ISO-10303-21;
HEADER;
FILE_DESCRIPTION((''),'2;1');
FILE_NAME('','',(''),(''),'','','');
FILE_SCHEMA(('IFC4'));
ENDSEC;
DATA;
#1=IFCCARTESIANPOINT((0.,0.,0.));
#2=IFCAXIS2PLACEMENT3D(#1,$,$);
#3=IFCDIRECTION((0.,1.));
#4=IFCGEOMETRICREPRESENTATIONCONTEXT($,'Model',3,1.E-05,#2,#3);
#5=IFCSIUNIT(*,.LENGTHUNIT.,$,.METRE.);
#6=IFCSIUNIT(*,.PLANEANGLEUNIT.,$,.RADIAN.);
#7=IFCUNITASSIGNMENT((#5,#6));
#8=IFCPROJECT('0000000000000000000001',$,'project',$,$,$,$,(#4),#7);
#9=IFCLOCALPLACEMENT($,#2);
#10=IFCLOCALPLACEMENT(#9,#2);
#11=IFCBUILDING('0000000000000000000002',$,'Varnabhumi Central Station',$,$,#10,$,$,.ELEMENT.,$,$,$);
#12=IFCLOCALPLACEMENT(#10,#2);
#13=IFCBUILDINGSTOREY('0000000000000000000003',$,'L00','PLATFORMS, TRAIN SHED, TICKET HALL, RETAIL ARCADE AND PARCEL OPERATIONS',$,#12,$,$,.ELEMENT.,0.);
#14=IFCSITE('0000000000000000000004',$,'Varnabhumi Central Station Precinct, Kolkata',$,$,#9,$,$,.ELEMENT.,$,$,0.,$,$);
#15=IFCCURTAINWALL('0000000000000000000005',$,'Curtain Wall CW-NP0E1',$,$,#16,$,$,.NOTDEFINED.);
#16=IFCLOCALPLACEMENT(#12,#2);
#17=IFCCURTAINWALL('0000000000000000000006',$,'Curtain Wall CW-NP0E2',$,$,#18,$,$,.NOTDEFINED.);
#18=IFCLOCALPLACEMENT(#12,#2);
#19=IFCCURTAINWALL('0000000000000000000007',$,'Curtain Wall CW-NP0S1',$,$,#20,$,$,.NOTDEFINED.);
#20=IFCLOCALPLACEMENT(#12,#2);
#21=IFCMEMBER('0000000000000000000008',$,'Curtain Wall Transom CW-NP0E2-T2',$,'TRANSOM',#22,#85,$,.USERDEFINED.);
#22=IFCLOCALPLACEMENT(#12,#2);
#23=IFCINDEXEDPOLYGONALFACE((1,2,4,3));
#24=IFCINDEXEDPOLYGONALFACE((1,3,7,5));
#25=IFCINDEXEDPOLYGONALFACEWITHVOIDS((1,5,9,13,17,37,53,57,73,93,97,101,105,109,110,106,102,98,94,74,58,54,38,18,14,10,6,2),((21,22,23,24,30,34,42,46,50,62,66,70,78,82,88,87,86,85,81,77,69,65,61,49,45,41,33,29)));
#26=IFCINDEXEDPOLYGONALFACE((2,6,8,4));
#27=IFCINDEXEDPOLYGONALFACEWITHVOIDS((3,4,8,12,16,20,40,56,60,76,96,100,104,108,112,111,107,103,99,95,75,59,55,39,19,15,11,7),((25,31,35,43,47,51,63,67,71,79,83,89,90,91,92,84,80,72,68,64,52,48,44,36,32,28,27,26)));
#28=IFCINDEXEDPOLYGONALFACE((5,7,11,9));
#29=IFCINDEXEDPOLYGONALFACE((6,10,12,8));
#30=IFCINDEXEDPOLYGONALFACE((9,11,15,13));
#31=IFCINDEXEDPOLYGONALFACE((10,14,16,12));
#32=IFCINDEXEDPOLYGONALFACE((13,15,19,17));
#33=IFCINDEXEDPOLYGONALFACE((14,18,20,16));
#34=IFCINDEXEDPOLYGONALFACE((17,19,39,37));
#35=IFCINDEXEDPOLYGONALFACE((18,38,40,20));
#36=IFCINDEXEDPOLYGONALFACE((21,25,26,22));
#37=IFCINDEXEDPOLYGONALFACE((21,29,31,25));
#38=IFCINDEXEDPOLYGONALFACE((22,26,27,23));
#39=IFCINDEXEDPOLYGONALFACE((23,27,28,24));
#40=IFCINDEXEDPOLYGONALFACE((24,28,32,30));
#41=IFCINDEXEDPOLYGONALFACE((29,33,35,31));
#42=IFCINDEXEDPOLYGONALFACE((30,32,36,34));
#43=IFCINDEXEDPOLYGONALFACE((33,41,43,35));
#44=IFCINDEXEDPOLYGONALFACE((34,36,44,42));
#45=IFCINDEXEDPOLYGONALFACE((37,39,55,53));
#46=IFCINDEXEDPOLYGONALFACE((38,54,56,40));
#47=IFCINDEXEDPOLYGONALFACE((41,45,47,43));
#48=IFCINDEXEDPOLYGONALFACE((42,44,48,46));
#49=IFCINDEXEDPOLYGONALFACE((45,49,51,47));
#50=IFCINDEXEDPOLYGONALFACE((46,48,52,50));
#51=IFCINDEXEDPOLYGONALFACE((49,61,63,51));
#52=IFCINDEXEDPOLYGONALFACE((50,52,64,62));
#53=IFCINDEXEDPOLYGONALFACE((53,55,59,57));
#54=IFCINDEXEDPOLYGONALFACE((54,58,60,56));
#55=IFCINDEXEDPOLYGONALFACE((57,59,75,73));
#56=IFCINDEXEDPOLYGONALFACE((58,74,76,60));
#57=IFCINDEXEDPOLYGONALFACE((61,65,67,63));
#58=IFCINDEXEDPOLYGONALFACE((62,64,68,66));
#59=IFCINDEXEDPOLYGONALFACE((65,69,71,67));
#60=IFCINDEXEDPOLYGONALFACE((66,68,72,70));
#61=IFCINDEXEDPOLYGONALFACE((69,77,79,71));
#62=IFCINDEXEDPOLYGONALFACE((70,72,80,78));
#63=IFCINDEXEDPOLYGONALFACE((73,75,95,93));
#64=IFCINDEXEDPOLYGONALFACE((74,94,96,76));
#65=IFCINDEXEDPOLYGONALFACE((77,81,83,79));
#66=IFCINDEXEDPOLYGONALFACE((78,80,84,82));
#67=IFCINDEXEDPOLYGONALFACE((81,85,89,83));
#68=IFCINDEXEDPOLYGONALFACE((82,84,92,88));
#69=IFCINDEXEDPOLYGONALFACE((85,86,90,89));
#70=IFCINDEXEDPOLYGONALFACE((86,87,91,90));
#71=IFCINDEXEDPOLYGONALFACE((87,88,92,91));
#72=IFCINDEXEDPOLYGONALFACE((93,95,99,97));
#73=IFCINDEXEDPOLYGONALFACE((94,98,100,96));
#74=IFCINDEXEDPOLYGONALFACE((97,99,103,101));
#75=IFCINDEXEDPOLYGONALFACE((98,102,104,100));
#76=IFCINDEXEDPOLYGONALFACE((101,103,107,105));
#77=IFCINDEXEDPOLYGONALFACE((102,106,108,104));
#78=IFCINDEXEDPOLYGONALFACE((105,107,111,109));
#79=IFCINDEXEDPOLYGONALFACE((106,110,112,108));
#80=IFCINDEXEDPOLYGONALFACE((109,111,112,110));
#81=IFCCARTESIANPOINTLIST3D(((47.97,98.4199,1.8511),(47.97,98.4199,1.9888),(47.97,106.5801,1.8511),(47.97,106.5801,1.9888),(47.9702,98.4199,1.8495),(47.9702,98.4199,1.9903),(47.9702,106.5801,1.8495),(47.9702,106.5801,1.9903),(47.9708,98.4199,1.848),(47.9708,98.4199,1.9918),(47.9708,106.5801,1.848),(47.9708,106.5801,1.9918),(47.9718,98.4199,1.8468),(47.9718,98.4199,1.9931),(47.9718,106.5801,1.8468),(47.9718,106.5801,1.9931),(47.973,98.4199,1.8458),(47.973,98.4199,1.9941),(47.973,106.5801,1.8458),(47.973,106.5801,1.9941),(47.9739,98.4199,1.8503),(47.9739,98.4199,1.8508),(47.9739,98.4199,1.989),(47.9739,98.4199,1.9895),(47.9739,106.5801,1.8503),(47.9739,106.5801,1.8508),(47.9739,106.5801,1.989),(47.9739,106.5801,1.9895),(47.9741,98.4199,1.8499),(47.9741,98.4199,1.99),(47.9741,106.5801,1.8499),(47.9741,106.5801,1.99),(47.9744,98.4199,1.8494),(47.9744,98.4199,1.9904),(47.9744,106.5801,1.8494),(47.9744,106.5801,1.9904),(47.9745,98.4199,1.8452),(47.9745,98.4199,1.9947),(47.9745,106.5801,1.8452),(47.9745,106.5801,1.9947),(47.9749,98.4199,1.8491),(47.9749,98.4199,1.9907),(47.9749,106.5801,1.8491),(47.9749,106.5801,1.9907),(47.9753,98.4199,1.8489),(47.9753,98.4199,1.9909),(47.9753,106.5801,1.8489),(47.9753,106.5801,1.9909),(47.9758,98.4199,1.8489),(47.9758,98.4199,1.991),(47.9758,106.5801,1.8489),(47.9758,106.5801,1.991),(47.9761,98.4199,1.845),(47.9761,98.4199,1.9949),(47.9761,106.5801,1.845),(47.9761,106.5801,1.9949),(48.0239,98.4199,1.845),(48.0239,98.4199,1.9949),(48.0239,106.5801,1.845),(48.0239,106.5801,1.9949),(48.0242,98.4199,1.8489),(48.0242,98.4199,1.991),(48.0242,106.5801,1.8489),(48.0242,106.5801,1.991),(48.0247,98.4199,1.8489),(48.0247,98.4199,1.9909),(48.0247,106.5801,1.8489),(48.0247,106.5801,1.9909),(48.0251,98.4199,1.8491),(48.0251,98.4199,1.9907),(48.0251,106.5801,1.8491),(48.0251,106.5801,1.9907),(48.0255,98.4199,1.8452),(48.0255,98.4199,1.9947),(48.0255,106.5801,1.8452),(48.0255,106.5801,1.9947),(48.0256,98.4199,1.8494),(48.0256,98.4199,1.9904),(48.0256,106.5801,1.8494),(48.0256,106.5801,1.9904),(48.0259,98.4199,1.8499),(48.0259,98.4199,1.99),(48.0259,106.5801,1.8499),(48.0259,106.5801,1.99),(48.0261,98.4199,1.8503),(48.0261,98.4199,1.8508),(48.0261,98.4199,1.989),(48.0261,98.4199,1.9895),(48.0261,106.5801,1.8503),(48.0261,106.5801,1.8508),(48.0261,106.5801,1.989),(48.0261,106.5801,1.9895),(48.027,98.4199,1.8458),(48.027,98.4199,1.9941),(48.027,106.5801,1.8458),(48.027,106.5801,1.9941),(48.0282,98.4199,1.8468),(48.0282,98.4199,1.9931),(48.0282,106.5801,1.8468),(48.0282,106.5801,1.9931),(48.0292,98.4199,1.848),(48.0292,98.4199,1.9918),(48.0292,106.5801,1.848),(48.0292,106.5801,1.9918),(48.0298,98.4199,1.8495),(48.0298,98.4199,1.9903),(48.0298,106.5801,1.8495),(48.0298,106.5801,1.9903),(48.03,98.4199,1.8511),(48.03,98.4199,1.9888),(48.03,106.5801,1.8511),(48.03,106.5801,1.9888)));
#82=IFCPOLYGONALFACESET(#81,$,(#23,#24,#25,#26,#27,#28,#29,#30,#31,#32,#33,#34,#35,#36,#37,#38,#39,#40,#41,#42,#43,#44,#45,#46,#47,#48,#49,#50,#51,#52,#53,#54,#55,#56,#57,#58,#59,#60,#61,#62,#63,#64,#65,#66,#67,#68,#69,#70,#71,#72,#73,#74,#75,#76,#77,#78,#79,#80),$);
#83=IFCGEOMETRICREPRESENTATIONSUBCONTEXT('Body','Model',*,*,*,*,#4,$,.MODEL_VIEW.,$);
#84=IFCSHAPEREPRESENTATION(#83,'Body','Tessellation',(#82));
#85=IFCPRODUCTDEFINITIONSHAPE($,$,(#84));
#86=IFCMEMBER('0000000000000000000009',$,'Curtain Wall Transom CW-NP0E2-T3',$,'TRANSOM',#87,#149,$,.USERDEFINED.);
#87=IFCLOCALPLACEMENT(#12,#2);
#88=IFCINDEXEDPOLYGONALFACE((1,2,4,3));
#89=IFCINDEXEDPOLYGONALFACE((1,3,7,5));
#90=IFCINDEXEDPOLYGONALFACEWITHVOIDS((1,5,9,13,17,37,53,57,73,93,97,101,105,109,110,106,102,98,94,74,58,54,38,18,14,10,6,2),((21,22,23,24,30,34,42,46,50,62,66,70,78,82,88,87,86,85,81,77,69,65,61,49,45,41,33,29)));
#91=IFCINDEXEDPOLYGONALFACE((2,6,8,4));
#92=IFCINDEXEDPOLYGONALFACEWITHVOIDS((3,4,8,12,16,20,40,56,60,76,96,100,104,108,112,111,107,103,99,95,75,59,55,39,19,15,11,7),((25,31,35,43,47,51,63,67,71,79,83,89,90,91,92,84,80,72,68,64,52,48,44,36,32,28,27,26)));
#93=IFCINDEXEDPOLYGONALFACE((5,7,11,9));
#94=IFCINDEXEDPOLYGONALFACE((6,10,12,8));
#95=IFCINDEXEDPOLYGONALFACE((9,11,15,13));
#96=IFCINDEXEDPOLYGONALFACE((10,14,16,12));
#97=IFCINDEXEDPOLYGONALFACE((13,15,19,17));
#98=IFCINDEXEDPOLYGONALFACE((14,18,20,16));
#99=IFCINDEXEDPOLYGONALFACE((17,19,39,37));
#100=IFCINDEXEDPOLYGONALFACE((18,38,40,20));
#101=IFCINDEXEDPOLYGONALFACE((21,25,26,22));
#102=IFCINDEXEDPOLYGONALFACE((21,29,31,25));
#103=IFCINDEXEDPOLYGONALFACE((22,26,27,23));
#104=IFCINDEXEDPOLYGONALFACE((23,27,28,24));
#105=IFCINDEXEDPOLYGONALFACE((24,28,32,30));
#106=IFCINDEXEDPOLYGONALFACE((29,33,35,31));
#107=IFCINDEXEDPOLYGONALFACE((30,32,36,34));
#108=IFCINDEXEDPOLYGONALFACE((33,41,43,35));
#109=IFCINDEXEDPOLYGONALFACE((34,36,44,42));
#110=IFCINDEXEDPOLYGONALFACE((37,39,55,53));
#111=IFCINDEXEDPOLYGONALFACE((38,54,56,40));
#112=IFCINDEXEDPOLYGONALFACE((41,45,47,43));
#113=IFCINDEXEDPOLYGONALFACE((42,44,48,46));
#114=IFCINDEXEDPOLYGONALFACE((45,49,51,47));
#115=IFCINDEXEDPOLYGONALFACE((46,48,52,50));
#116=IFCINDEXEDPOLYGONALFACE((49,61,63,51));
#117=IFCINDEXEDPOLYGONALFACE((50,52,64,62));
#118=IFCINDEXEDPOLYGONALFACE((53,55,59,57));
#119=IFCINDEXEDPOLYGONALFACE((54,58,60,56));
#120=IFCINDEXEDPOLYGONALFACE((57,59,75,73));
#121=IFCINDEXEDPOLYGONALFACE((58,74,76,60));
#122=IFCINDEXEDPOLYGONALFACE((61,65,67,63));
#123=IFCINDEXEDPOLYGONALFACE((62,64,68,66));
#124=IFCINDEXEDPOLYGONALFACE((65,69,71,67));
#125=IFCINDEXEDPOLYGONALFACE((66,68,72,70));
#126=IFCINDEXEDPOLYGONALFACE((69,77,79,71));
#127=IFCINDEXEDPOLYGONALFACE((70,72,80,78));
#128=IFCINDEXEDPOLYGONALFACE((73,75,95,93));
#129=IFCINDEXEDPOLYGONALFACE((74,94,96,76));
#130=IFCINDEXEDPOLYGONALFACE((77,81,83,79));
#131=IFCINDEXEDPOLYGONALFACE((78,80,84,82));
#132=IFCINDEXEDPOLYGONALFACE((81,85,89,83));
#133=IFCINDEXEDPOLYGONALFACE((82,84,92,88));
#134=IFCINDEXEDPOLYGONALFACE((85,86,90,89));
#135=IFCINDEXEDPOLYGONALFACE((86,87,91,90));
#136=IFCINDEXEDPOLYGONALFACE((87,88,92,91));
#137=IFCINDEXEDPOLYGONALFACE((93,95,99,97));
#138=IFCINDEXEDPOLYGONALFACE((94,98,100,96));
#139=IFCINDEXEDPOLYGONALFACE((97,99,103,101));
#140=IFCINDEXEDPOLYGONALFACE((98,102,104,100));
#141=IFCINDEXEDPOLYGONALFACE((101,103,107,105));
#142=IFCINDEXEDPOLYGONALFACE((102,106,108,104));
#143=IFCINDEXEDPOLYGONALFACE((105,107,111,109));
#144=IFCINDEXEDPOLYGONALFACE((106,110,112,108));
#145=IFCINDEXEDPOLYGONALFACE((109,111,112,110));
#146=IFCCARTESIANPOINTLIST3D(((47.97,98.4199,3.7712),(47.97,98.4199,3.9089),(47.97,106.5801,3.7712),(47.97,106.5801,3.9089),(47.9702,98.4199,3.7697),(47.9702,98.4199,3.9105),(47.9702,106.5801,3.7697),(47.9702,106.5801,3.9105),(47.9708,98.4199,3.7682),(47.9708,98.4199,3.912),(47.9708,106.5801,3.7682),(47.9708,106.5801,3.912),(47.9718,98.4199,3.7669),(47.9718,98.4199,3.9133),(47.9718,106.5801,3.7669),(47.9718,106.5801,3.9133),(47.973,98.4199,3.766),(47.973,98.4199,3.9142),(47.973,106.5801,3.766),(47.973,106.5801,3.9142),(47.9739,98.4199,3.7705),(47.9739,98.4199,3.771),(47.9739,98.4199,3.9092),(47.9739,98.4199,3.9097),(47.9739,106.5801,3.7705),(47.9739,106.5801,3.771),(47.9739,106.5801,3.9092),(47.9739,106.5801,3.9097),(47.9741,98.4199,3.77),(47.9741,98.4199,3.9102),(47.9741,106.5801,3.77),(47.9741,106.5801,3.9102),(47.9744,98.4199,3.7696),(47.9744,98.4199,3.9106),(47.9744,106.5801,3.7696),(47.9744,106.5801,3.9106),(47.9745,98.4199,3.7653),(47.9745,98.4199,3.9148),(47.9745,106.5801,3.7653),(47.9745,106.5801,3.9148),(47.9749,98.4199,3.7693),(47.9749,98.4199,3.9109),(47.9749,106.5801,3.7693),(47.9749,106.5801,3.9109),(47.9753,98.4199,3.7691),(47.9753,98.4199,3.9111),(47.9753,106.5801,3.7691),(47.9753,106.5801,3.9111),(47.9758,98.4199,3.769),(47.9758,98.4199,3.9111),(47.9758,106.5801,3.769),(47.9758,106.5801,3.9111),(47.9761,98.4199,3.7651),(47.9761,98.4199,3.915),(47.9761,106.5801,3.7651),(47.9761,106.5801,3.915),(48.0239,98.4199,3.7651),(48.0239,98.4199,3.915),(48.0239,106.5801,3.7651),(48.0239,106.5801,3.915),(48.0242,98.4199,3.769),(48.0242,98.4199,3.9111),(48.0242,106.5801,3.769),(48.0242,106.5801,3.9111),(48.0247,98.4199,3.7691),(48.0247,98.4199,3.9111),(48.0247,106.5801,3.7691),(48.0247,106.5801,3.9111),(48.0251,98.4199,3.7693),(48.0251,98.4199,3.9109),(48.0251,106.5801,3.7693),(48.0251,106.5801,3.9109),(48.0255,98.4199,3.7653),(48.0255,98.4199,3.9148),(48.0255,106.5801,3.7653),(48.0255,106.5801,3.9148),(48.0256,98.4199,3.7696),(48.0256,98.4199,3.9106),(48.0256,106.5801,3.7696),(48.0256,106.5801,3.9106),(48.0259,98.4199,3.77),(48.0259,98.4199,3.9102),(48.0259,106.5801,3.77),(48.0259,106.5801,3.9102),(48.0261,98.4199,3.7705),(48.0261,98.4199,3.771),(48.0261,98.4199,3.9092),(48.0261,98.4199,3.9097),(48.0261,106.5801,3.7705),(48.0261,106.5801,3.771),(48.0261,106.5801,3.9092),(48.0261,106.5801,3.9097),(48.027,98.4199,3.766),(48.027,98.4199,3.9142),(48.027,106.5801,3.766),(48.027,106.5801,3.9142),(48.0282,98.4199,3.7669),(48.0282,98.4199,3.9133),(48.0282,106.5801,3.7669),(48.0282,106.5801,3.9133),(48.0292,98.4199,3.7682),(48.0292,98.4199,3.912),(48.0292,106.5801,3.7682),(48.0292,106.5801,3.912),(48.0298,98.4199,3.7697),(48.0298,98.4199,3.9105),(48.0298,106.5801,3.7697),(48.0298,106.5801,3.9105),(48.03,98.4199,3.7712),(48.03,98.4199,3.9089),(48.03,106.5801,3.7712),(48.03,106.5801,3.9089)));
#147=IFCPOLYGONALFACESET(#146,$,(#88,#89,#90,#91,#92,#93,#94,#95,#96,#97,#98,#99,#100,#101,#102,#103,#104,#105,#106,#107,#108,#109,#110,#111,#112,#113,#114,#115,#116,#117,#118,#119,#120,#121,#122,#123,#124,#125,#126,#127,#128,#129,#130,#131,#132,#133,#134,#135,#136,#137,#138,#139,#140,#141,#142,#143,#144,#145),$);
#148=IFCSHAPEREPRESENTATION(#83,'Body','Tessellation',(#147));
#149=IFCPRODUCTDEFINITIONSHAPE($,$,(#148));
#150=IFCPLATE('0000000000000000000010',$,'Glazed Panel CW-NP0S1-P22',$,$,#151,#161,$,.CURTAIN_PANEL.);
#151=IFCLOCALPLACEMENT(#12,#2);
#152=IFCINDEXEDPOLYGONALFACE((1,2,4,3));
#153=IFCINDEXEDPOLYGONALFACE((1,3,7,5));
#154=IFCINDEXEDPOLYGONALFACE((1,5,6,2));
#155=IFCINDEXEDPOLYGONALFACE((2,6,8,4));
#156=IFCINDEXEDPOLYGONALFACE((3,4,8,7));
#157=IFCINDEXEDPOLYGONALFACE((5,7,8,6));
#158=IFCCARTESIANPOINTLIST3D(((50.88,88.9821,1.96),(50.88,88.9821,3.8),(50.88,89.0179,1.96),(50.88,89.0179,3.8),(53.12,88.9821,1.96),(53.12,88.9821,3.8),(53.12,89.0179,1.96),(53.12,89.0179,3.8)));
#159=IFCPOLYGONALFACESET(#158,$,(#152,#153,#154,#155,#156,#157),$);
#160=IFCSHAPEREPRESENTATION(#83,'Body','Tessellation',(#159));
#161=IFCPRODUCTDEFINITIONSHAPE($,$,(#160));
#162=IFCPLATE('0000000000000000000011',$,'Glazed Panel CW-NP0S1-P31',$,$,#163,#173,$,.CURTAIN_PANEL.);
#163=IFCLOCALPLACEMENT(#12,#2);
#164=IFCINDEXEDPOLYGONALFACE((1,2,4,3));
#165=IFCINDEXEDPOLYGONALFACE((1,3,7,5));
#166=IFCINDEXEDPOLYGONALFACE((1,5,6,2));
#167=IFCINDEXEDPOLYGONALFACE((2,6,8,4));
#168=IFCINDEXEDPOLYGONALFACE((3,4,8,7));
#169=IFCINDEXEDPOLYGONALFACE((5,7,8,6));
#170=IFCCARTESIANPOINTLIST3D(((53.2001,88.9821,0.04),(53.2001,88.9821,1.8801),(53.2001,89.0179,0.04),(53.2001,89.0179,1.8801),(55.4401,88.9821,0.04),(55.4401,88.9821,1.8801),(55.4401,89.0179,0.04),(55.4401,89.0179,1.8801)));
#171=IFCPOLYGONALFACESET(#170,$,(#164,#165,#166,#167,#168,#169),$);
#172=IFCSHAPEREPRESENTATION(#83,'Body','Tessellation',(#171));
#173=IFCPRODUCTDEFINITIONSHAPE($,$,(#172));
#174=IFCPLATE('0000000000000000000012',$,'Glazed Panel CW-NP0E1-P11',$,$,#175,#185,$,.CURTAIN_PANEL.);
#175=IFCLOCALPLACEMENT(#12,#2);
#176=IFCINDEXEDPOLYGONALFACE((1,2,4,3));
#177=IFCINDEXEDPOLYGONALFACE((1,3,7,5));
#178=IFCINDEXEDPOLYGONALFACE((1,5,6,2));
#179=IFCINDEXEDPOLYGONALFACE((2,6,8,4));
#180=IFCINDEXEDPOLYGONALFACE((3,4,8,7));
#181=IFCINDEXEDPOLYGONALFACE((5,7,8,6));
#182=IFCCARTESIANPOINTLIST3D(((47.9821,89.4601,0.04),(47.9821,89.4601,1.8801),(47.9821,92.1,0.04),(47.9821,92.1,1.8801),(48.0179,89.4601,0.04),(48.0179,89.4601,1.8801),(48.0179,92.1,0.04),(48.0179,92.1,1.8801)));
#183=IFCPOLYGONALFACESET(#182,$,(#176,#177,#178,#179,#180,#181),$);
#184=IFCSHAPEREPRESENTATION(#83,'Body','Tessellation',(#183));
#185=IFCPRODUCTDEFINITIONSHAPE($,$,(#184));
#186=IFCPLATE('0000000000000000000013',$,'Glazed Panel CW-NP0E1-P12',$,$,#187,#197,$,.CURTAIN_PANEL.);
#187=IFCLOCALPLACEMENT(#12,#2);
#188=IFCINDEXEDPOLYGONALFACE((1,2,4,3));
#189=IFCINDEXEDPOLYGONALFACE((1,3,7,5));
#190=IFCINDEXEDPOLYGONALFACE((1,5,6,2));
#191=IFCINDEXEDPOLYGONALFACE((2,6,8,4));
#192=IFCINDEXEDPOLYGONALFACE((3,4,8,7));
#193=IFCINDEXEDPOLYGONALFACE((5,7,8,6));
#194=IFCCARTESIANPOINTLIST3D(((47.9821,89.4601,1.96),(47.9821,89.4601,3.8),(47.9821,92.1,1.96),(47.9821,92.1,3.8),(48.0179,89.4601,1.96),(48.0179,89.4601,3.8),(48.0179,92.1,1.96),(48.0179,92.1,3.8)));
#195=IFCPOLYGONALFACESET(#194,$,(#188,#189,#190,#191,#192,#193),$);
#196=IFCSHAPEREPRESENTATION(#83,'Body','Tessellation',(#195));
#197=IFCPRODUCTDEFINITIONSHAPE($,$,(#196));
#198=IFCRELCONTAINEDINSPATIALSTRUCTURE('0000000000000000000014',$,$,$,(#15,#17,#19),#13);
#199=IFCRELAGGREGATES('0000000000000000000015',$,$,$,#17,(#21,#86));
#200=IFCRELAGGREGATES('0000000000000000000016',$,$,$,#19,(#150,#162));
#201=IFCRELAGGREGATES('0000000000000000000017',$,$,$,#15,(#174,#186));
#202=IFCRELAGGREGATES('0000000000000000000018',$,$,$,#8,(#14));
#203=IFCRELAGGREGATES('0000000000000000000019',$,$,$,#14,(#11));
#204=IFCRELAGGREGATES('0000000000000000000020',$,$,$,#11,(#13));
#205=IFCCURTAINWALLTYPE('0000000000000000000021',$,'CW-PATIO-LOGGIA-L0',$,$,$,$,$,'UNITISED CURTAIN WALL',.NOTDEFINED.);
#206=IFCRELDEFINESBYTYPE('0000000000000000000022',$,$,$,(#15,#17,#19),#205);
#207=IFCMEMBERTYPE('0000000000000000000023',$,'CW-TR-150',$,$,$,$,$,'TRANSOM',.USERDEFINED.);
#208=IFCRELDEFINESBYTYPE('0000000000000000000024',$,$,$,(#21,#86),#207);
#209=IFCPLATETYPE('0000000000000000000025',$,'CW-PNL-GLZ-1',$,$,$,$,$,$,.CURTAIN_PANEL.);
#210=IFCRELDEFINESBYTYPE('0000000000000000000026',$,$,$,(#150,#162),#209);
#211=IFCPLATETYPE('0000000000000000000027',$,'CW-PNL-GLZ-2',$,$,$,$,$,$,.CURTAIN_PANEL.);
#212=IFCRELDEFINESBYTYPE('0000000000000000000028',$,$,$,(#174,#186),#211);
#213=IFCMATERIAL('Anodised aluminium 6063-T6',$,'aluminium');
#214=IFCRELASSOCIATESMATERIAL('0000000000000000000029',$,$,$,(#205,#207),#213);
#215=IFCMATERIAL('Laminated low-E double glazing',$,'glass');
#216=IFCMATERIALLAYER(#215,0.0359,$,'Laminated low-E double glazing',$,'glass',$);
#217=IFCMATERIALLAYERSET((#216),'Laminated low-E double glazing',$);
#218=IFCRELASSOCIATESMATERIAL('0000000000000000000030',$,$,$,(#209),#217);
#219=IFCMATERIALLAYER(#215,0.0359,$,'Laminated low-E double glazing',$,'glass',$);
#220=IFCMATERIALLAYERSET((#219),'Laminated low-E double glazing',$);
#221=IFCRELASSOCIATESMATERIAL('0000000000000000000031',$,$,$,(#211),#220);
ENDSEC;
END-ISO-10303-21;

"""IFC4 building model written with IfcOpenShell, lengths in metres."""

from ifc_helpers import new_model, si_unit, direction, frame, origin, origin_2d, place, context, subcontext, project, spatial, rectangle, hollow_rectangle, extrude, material, layer, layer_set, material_profile, profile_set, type_object, element, aggregate, save


model = new_model("IFC4")

# Units and contexts
model_context = context("Model", 3, precision=1e-05, world=origin(), true_north=direction((0.0, 1.0)))
body_context = subcontext(model_context, "Body", "Model", "MODEL_VIEW")
ifc_project = project(units=[si_unit("LENGTHUNIT", "METRE"), si_unit("PLANEANGLEUNIT", "RADIAN")], contexts=[model_context])

# Site, building, storey
site_placement = place(None, origin())
site = spatial("IfcSite", under=ifc_project, at=site_placement, Name="Varnabhumi Central Station Precinct, Kolkata", CompositionType="ELEMENT", RefElevation=0.0)
building_placement = place(site_placement, origin())
building = spatial("IfcBuilding", under=site, at=building_placement, Name="Varnabhumi Central Station", CompositionType="ELEMENT")
storey_placement = place(building_placement, origin())
storey = spatial("IfcBuildingStorey", under=building, at=storey_placement, Name="L00", Description="PLATFORMS, TRAIN SHED, TICKET HALL, RETAIL ARCADE AND PARCEL OPERATIONS", CompositionType="ELEMENT", Elevation=0.0)

# Curtain wall
ifc_material_1 = material(Name="Anodised aluminium 6063-T6", Category="aluminium")
curtain_wall_type = type_object("IfcCurtainWallType", Name="CW-PATIO-LOGGIA-L0", ElementType="UNITISED CURTAIN WALL", PredefinedType="NOTDEFINED", material=ifc_material_1)
curtain_wall_1_placement = place(storey_placement, origin())
curtain_wall_1 = element("IfcCurtainWall", 1, at=curtain_wall_1_placement, inside=storey, type_object=curtain_wall_type, Name="Curtain Wall CW-NP0E1", PredefinedType="NOTDEFINED")

# Curtain walls
curtain_wall_2_placement = place(storey_placement, origin())
curtain_wall_2 = element("IfcCurtainWall", 2, at=curtain_wall_2_placement, inside=storey, type_object=curtain_wall_type, Name="Curtain Wall CW-NP0E2", PredefinedType="NOTDEFINED")
curtain_wall_3_placement = place(storey_placement, origin())
curtain_wall_3 = element("IfcCurtainWall", 3, at=curtain_wall_3_placement, inside=storey, type_object=curtain_wall_type, Name="Curtain Wall CW-NP0S1", PredefinedType="NOTDEFINED")

# Members
ifc_material_profile_1 = material_profile(ifc_material_1, hollow_rectangle(XDim=0.0601, YDim=0.1499, WallThickness=0.0039, InnerFilletRadius=0.002, OuterFilletRadius=0.0061, at=origin_2d()), Name="Anodised aluminium 6063-T6", Category="aluminium")
ifc_profile_set_1 = profile_set([ifc_material_profile_1], Name="Anodised aluminium 6063-T6")
member_type_1 = type_object("IfcMemberType", Name="CW-TR-150", ElementType="TRANSOM", PredefinedType="USERDEFINED", material=ifc_profile_set_1)
member_1_placement = place(storey_placement, frame((48.0, 98.4199, 1.9199), z_axis=(0.0, 1.0, 0.0), x_axis=(-1.0, 0.0, 0.0)))
member_1 = element("IfcMember", 4, at=member_1_placement, type_object=member_type_1, Name="Curtain Wall Transom CW-NP0E2-T2", ObjectType="TRANSOM", PredefinedType="USERDEFINED", context=body_context, shape_type="SweptSolid", body=[
    extrude(hollow_rectangle(XDim=0.0601, YDim=0.1499, WallThickness=0.0039, InnerFilletRadius=0.002, OuterFilletRadius=0.0061, at=origin_2d()), origin(), (0.0, 0.0, 1.0), 8.1602),
])
member_2_placement = place(storey_placement, frame((48.0, 98.4199, 3.8401), z_axis=(0.0, 1.0, 0.0), x_axis=(-1.0, 0.0, 0.0)))
member_2 = element("IfcMember", 5, at=member_2_placement, type_object=member_type_1, Name="Curtain Wall Transom CW-NP0E2-T3", ObjectType="TRANSOM", PredefinedType="USERDEFINED", context=body_context, shape_type="SweptSolid", body=[
    extrude(hollow_rectangle(XDim=0.0601, YDim=0.1499, WallThickness=0.0039, InnerFilletRadius=0.002, OuterFilletRadius=0.0061, at=origin_2d()), origin(), (0.0, 0.0, 1.0), 8.1602),
])
aggregate(curtain_wall_2, [member_1, member_2])

# Plates
ifc_material_2 = material(Name="Laminated low-E double glazing", Category="glass")
ifc_layer_1 = layer(ifc_material_2, 0.0359, Name="Laminated low-E double glazing", Category="glass")
ifc_layer_set_1 = layer_set([ifc_layer_1], Name="Laminated low-E double glazing")
plate_type_1 = type_object("IfcPlateType", Name="CW-PNL-GLZ-1", PredefinedType="CURTAIN_PANEL", material=ifc_layer_set_1)
plate_1_placement = place(storey_placement, frame((52.0, 89.0, 1.96), z_axis=(0.0, 0.0, 1.0), x_axis=(1.0, 0.0, 0.0)))
plate_1 = element("IfcPlate", 6, at=plate_1_placement, type_object=plate_type_1, Name="Glazed Panel CW-NP0S1-P22", PredefinedType="CURTAIN_PANEL", context=body_context, shape_type="SweptSolid", body=[
    extrude(rectangle(XDim=2.24, YDim=0.0359, at=origin_2d()), origin(), (0.0, 0.0, 1.0), 1.8401),
])
plate_2_placement = place(storey_placement, frame((54.3201, 89.0, 0.04), z_axis=(0.0, 0.0, 1.0), x_axis=(1.0, 0.0, 0.0)))
plate_2 = element("IfcPlate", 7, at=plate_2_placement, type_object=plate_type_1, Name="Glazed Panel CW-NP0S1-P31", PredefinedType="CURTAIN_PANEL", context=body_context, shape_type="SweptSolid", body=[
    extrude(rectangle(XDim=2.24, YDim=0.0359, at=origin_2d()), origin(), (0.0, 0.0, 1.0), 1.8401),
])
aggregate(curtain_wall_3, [plate_1, plate_2])
ifc_layer_2 = layer(ifc_material_2, 0.0359, Name="Laminated low-E double glazing", Category="glass")
ifc_layer_set_2 = layer_set([ifc_layer_2], Name="Laminated low-E double glazing")
plate_type_2 = type_object("IfcPlateType", Name="CW-PNL-GLZ-2", PredefinedType="CURTAIN_PANEL", material=ifc_layer_set_2)
plate_3_placement = place(storey_placement, frame((48.0, 90.78, 0.04), z_axis=(0.0, 0.0, 1.0), x_axis=(0.0, 1.0, 0.0)))
plate_3 = element("IfcPlate", 8, at=plate_3_placement, type_object=plate_type_2, Name="Glazed Panel CW-NP0E1-P11", PredefinedType="CURTAIN_PANEL", context=body_context, shape_type="SweptSolid", body=[
    extrude(rectangle(XDim=2.6399, YDim=0.0359, at=origin_2d()), origin(), (0.0, 0.0, 1.0), 1.8401),
])
plate_4_placement = place(storey_placement, frame((48.0, 90.78, 1.96), z_axis=(0.0, 0.0, 1.0), x_axis=(0.0, 1.0, 0.0)))
plate_4 = element("IfcPlate", 9, at=plate_4_placement, type_object=plate_type_2, Name="Glazed Panel CW-NP0E1-P12", PredefinedType="CURTAIN_PANEL", context=body_context, shape_type="SweptSolid", body=[
    extrude(rectangle(XDim=2.6399, YDim=0.0359, at=origin_2d()), origin(), (0.0, 0.0, 1.0), 1.8401),
])
aggregate(curtain_wall_1, [plate_3, plate_4])

save(model, "model.ifc")
